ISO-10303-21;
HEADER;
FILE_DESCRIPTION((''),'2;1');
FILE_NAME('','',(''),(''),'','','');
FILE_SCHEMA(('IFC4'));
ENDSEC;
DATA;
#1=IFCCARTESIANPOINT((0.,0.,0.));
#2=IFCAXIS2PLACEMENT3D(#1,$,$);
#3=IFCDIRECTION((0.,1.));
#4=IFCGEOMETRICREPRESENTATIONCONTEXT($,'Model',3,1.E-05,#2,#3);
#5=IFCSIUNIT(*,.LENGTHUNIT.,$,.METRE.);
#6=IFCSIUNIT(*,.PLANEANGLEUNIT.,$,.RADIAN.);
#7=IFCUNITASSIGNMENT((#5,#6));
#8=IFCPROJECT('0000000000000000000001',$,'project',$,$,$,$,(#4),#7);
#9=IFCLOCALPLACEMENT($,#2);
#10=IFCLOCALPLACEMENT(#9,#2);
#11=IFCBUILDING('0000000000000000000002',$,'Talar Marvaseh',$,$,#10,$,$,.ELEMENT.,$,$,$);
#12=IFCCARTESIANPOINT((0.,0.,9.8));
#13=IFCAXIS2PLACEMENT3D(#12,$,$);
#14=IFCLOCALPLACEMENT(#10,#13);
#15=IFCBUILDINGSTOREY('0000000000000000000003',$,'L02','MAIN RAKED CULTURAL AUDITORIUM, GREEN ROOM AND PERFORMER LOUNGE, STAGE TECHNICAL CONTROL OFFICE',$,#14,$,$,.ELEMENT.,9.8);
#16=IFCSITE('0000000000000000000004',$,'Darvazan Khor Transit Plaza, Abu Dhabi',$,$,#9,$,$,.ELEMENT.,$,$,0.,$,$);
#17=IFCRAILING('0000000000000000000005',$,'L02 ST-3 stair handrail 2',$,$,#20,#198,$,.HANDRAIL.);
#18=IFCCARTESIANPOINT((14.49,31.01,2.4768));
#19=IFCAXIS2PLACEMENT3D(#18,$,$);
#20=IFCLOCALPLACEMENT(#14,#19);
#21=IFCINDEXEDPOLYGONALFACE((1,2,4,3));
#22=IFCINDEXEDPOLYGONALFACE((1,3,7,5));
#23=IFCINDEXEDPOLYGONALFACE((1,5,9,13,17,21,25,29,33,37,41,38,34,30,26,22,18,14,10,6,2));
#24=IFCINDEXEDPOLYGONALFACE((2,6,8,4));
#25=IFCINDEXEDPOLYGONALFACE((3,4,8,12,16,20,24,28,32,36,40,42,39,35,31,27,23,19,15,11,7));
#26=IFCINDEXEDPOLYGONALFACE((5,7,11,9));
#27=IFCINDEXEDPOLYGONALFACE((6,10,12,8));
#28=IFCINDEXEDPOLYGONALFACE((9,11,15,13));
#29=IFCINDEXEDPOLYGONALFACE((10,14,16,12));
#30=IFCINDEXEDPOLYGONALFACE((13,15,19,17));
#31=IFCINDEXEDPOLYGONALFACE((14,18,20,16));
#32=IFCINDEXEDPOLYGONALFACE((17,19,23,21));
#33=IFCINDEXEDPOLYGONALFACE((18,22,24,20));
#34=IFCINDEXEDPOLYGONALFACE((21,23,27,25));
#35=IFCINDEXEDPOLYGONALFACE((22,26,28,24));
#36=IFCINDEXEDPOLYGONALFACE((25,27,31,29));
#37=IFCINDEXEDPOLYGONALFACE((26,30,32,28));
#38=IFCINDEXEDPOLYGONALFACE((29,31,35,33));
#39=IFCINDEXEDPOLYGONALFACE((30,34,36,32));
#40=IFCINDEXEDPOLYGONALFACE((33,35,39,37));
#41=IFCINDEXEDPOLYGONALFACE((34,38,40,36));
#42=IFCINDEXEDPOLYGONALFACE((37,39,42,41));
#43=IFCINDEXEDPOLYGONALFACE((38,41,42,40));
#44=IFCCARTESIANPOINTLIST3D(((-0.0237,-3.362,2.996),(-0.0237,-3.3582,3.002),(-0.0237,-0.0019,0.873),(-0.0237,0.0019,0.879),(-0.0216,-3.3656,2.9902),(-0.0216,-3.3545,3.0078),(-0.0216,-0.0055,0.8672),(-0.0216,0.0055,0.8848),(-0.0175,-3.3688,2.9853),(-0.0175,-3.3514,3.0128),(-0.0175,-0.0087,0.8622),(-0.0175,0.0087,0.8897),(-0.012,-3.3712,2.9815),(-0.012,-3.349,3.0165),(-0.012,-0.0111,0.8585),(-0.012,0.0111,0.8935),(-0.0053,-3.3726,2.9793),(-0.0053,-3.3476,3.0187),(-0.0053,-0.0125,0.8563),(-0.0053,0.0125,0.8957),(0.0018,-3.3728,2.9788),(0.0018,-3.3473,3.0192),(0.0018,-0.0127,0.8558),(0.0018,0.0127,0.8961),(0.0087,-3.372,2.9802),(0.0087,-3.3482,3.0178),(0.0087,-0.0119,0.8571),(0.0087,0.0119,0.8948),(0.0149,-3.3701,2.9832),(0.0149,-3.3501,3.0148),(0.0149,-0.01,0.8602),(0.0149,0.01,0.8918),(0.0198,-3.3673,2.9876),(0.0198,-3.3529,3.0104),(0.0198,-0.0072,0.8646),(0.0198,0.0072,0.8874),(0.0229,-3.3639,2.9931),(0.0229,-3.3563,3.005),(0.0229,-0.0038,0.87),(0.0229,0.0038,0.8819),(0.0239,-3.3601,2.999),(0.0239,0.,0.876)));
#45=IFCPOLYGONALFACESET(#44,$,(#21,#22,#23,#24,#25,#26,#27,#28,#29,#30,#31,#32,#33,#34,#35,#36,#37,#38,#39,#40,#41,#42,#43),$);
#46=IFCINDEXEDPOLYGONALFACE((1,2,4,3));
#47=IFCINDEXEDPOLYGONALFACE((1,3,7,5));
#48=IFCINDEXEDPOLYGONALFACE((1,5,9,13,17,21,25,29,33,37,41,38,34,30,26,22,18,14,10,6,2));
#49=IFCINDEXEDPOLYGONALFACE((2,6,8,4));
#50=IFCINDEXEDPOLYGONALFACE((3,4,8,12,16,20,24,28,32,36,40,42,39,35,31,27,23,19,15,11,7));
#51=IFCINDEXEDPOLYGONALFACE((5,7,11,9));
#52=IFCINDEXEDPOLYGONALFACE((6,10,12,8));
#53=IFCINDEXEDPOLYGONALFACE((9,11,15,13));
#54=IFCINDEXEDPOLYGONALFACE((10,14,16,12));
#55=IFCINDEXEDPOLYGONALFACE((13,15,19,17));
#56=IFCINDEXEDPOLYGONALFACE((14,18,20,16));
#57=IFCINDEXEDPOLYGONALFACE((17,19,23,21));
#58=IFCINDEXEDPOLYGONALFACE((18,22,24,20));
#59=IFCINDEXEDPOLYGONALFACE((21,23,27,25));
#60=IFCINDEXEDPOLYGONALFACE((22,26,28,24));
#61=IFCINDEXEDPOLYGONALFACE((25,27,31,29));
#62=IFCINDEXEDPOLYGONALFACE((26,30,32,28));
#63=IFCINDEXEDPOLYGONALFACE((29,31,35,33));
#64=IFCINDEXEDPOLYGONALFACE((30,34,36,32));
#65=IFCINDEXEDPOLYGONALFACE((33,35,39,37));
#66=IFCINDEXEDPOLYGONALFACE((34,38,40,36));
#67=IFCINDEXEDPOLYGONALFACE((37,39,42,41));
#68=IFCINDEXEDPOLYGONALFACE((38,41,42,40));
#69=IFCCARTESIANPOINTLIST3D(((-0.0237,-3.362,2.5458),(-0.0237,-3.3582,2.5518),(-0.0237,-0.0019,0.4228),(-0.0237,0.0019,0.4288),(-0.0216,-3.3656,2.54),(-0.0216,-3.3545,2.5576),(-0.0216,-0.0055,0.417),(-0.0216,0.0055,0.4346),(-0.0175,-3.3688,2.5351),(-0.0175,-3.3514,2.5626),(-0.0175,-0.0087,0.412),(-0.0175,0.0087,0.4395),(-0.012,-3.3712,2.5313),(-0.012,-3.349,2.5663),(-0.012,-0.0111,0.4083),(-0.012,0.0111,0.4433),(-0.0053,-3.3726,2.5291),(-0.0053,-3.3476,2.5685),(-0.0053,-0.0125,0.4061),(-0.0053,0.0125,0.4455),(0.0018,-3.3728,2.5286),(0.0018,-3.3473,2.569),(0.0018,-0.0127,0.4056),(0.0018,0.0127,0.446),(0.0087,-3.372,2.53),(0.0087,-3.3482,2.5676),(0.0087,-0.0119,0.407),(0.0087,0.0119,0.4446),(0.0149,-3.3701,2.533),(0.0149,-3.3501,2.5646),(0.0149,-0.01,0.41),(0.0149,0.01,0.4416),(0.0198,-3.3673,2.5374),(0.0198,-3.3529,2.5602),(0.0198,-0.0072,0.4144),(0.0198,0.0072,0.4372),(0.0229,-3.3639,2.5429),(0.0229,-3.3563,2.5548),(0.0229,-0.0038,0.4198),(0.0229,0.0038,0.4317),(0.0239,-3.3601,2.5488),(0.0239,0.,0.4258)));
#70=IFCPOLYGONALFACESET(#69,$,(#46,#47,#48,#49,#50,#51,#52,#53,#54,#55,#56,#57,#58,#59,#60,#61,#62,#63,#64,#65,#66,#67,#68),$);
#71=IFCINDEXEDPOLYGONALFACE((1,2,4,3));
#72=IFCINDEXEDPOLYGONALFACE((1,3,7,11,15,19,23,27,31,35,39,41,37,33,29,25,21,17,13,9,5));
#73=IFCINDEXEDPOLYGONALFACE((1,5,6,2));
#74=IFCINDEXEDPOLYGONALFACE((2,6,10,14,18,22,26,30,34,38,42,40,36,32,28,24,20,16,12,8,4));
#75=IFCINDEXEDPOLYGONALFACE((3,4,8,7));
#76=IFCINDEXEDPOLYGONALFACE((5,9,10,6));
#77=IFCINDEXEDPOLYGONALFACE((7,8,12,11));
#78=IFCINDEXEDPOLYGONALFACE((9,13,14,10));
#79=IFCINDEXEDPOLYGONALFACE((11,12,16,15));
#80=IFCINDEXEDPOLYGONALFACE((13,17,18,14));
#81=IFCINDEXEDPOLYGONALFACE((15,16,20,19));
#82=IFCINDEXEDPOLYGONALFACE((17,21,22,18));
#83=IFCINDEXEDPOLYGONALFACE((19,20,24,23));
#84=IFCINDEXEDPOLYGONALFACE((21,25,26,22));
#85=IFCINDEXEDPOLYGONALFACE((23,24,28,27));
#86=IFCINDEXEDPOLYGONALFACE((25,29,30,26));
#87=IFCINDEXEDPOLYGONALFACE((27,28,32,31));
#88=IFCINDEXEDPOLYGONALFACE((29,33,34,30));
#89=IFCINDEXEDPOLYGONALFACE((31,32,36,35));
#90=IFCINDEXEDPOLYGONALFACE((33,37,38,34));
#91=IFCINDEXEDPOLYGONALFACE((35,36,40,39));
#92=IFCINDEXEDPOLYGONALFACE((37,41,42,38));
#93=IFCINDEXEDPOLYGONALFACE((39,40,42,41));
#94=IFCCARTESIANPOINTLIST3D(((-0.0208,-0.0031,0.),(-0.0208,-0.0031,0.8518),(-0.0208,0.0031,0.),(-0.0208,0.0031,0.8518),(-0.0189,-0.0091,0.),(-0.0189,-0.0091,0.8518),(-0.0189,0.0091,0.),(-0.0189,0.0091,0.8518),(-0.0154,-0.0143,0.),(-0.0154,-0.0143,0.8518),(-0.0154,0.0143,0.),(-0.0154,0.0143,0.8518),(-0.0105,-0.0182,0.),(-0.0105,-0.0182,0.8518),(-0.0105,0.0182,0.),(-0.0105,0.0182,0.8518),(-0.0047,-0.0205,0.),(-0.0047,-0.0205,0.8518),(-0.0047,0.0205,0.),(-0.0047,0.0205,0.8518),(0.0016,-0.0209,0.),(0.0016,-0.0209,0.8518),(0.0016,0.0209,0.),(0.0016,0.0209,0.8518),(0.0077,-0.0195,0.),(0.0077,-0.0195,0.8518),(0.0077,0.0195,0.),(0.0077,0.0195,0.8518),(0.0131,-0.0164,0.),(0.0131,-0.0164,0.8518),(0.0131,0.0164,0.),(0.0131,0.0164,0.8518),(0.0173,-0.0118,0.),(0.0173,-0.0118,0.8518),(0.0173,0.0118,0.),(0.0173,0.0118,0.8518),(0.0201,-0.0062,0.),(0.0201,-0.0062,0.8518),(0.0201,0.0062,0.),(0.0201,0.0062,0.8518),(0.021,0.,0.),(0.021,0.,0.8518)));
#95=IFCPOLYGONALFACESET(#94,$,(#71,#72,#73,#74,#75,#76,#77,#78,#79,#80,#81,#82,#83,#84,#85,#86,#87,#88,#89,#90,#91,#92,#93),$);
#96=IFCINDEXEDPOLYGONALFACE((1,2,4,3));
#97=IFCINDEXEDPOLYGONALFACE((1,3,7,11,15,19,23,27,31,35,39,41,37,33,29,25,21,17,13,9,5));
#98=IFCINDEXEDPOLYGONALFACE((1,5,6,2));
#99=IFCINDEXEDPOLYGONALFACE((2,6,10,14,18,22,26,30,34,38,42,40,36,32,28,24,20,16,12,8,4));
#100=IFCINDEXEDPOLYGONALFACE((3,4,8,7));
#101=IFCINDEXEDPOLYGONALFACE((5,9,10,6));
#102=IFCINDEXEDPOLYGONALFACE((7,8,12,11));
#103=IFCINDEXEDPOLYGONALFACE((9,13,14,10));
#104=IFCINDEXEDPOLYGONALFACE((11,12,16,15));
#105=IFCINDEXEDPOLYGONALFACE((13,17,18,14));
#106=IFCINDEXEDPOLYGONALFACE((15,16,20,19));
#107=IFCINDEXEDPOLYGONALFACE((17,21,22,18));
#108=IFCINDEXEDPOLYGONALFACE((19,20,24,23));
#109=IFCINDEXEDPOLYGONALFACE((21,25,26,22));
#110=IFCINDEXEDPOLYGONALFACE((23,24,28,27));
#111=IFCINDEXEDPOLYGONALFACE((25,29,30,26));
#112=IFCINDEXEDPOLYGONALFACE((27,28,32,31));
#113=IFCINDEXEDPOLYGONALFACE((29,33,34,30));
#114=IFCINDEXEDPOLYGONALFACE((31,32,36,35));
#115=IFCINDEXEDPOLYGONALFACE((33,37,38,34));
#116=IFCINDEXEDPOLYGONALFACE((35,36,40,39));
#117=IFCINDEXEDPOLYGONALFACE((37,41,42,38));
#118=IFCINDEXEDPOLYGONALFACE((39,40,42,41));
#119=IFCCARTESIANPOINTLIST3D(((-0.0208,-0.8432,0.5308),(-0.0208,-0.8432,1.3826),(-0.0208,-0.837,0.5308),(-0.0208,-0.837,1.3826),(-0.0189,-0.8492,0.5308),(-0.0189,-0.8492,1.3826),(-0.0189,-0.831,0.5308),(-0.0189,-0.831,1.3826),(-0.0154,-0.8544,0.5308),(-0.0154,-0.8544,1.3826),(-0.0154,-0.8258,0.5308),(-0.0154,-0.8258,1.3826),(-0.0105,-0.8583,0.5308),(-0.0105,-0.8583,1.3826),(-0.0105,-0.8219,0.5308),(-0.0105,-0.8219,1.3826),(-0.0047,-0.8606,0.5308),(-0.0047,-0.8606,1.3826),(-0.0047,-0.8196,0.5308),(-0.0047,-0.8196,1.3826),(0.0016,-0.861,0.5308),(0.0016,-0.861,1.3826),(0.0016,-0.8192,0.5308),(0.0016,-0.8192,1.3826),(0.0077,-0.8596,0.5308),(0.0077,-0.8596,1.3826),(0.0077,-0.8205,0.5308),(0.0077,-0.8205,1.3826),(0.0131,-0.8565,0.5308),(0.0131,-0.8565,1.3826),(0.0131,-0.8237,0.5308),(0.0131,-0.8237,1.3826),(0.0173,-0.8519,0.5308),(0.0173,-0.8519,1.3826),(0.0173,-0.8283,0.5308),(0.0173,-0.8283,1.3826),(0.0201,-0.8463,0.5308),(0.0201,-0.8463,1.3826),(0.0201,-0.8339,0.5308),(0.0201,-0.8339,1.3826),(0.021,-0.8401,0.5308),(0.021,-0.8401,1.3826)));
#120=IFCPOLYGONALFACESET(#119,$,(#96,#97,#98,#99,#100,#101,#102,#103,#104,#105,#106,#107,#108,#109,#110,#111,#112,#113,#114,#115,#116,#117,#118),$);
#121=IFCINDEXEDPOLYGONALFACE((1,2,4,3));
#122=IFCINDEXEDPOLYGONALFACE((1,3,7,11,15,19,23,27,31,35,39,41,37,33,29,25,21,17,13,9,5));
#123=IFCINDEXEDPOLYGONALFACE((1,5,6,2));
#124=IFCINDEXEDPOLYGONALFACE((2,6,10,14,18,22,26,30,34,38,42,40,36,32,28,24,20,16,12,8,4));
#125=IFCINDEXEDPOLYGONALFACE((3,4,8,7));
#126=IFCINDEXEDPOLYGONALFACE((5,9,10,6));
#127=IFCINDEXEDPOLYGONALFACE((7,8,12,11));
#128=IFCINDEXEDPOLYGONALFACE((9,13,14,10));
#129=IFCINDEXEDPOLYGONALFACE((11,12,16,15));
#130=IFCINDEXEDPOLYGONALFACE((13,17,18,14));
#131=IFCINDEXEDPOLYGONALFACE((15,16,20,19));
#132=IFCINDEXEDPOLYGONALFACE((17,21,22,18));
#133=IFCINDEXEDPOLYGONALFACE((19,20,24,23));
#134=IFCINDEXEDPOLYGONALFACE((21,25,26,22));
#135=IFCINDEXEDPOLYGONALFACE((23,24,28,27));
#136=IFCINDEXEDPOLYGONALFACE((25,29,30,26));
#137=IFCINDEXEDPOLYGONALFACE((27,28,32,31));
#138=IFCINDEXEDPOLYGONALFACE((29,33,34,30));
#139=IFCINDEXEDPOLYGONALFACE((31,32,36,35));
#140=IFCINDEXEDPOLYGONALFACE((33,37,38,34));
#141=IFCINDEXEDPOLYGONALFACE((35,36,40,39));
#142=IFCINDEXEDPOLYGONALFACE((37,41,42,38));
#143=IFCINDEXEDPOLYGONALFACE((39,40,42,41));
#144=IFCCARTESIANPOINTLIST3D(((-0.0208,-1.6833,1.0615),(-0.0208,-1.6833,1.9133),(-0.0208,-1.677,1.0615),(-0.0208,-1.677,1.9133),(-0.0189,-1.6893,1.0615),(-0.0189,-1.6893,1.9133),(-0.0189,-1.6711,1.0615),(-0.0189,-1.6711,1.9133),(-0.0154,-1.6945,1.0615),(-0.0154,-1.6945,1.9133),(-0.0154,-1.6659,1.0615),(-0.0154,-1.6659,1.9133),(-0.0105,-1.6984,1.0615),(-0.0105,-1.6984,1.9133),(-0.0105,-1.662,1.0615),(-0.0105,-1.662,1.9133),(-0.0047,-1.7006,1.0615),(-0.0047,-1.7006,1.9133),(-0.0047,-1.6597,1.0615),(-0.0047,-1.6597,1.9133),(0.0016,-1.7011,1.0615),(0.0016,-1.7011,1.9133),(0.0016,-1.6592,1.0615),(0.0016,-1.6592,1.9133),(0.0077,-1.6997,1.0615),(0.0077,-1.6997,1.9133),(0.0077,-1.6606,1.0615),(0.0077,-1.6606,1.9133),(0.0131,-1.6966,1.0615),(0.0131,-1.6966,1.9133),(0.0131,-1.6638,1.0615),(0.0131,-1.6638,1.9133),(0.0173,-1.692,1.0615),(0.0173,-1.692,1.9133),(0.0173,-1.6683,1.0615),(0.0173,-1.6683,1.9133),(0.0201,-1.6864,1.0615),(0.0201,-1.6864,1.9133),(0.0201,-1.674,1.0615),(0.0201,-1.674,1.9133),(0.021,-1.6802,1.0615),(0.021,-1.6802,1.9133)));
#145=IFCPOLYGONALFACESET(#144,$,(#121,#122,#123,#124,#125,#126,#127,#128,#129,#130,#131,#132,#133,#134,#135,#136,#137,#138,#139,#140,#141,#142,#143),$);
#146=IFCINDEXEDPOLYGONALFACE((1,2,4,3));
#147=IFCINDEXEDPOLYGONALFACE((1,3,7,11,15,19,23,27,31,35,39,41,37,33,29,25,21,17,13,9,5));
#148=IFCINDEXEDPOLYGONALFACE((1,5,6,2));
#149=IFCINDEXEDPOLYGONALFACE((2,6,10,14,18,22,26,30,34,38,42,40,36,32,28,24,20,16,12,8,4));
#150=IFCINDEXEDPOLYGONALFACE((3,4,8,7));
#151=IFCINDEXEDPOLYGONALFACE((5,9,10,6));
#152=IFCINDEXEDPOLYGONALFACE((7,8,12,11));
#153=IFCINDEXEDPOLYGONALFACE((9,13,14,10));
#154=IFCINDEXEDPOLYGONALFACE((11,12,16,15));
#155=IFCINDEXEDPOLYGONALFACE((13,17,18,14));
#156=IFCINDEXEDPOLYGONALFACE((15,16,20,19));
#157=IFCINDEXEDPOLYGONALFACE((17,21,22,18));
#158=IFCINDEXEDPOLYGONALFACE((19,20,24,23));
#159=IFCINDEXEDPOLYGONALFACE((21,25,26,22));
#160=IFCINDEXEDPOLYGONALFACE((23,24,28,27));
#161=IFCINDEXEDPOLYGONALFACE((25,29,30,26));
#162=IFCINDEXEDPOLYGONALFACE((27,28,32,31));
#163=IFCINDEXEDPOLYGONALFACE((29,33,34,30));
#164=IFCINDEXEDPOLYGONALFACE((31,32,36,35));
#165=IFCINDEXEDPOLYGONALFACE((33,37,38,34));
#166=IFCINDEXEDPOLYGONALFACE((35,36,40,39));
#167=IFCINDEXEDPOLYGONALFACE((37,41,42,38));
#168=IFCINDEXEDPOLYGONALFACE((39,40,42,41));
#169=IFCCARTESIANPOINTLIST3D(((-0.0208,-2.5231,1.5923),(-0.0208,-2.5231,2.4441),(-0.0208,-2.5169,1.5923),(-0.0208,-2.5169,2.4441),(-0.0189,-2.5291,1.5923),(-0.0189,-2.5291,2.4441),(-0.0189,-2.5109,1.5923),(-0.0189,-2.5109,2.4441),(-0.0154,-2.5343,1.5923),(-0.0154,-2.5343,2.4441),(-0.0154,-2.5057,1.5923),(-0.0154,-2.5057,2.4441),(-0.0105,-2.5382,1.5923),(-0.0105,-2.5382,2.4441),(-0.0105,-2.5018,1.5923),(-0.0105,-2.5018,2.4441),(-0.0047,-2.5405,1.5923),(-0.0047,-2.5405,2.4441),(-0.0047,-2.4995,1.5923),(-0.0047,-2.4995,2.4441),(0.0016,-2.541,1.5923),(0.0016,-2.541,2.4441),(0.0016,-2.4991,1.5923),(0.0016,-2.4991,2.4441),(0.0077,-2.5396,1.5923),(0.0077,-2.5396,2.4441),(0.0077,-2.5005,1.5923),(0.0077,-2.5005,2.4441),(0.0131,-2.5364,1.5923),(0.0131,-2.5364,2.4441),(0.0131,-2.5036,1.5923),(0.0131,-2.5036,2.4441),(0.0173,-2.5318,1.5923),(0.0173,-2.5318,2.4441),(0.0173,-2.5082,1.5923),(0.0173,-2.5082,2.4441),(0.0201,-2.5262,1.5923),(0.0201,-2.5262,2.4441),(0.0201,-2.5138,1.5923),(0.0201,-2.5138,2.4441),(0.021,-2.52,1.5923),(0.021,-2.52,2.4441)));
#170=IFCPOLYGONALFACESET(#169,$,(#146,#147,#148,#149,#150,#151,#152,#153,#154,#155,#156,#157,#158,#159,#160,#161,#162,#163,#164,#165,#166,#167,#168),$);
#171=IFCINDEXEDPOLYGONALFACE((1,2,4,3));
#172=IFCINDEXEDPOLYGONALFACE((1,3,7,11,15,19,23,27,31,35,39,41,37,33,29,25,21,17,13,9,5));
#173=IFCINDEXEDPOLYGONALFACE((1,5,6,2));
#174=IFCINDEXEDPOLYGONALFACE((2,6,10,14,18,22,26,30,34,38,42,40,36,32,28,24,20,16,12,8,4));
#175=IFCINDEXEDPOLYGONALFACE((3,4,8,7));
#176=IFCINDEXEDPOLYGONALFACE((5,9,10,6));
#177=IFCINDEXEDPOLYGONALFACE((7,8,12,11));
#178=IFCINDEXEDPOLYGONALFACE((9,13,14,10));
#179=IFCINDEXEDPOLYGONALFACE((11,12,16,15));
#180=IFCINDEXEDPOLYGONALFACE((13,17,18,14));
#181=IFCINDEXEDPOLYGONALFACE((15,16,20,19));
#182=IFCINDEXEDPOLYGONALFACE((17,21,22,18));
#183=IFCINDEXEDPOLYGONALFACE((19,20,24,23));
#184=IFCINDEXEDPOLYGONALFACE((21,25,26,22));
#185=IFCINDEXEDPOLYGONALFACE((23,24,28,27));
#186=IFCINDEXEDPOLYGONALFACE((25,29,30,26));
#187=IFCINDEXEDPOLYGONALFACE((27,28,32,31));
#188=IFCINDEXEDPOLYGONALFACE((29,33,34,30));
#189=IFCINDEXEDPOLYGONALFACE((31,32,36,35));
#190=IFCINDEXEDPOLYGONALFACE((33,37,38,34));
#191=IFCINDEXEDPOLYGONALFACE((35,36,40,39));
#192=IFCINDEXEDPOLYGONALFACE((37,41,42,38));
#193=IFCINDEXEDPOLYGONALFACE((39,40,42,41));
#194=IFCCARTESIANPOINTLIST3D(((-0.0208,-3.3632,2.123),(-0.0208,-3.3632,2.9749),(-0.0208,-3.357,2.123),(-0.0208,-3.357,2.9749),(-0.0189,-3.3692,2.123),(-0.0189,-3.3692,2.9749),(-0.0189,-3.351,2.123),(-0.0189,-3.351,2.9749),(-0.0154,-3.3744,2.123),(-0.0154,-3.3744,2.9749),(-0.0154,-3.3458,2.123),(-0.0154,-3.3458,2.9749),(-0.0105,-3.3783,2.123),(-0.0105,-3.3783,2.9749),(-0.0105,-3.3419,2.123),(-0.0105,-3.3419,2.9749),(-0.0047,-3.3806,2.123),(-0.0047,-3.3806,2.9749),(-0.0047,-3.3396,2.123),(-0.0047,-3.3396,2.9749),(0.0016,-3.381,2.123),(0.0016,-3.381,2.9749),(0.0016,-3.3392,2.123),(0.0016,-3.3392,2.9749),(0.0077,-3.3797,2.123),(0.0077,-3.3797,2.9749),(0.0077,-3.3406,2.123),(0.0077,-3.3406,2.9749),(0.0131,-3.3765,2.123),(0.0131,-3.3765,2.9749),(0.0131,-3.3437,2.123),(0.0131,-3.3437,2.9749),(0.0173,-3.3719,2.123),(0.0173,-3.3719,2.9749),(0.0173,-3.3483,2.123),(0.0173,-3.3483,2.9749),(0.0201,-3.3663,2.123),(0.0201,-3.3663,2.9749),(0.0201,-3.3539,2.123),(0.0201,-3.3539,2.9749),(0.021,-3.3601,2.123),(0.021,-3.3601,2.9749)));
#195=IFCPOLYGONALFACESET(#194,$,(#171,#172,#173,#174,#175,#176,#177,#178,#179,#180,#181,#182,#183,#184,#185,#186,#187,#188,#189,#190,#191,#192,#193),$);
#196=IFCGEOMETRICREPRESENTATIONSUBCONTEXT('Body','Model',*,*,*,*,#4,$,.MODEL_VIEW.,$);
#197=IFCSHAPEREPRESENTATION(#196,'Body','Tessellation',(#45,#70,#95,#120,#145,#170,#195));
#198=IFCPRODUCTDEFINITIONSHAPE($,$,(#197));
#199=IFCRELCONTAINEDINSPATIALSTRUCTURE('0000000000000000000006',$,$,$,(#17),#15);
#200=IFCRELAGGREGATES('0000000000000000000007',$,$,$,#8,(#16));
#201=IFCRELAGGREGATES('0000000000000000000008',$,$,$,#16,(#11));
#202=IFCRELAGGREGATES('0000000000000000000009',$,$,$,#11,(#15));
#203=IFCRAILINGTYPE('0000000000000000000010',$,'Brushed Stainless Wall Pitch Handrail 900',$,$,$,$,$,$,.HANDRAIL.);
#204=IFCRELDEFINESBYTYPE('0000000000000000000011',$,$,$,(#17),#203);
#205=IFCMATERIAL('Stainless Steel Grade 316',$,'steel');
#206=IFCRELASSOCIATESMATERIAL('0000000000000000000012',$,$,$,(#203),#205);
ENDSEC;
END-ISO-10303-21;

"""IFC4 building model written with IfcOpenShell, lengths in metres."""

from ifc_helpers import new_model, si_unit, direction, frame, origin, origin_2d, place, context, subcontext, project, spatial, circle, extrude, material, type_object, element, save


model = new_model("IFC4")

# Units and contexts
model_context = context("Model", 3, precision=1e-05, world=origin(), true_north=direction((0.0, 1.0)))
body_context = subcontext(model_context, "Body", "Model", "MODEL_VIEW")
ifc_project = project(units=[si_unit("LENGTHUNIT", "METRE"), si_unit("PLANEANGLEUNIT", "RADIAN")], contexts=[model_context])

# Site, building, storey
site_placement = place(None, origin())
site = spatial("IfcSite", under=ifc_project, at=site_placement, Name="Darvazan Khor Transit Plaza, Abu Dhabi", CompositionType="ELEMENT", RefElevation=0.0)
building_placement = place(site_placement, origin())
building = spatial("IfcBuilding", under=site, at=building_placement, Name="Talar Marvaseh", CompositionType="ELEMENT")
storey_placement = place(building_placement, frame((0.0, 0.0, 9.8)))
storey = spatial("IfcBuildingStorey", under=building, at=storey_placement, Name="L02", Description="MAIN RAKED CULTURAL AUDITORIUM, GREEN ROOM AND PERFORMER LOUNGE, STAGE TECHNICAL CONTROL OFFICE", CompositionType="ELEMENT", Elevation=9.8)

# Railing
ifc_material_1 = material(Name="Stainless Steel Grade 316", Category="steel")
railing_type_1 = type_object("IfcRailingType", Name="Brushed Stainless Wall Pitch Handrail 900", PredefinedType="HANDRAIL", material=ifc_material_1)
railing_1_placement = place(storey_placement, frame((14.49, 31.01, 2.4768)))
element("IfcRailing", 1, at=railing_1_placement, inside=storey, type_object=railing_type_1, Name="L02 ST-3 stair handrail 2", PredefinedType="HANDRAIL", context=body_context, shape_type="SweptSolid", body=[
    extrude(circle(Radius=0.0239, at=origin_2d()), frame((0.0, 0.0, 0.876), z_axis=(0.0, -0.84539, 0.53415), x_axis=(1.0, 0.0, 0.0)), (0.0, 0.0, 1.0), 3.9746),
    extrude(circle(Radius=0.0239, at=origin_2d()), frame((0.0, 0.0, 0.4258), z_axis=(0.0, -0.84539, 0.53415), x_axis=(1.0, 0.0, 0.0)), (0.0, 0.0, 1.0), 3.9746),
    extrude(circle(Radius=0.021, at=origin_2d()), origin(), (0.0, 0.0, 1.0), 0.8518),
    extrude(circle(Radius=0.021, at=origin_2d()), frame((0.0, -0.8401, 0.5308)), (0.0, 0.0, 1.0), 0.8518),
    extrude(circle(Radius=0.021, at=origin_2d()), frame((0.0, -1.6802, 1.0615)), (0.0, 0.0, 1.0), 0.8518),
    extrude(circle(Radius=0.021, at=origin_2d()), frame((0.0, -2.52, 1.5923)), (0.0, 0.0, 1.0), 0.8518),
    extrude(circle(Radius=0.021, at=origin_2d()), frame((0.0, -3.3601, 2.123)), (0.0, 0.0, 1.0), 0.8518),
])

save(model, "model.ifc")
